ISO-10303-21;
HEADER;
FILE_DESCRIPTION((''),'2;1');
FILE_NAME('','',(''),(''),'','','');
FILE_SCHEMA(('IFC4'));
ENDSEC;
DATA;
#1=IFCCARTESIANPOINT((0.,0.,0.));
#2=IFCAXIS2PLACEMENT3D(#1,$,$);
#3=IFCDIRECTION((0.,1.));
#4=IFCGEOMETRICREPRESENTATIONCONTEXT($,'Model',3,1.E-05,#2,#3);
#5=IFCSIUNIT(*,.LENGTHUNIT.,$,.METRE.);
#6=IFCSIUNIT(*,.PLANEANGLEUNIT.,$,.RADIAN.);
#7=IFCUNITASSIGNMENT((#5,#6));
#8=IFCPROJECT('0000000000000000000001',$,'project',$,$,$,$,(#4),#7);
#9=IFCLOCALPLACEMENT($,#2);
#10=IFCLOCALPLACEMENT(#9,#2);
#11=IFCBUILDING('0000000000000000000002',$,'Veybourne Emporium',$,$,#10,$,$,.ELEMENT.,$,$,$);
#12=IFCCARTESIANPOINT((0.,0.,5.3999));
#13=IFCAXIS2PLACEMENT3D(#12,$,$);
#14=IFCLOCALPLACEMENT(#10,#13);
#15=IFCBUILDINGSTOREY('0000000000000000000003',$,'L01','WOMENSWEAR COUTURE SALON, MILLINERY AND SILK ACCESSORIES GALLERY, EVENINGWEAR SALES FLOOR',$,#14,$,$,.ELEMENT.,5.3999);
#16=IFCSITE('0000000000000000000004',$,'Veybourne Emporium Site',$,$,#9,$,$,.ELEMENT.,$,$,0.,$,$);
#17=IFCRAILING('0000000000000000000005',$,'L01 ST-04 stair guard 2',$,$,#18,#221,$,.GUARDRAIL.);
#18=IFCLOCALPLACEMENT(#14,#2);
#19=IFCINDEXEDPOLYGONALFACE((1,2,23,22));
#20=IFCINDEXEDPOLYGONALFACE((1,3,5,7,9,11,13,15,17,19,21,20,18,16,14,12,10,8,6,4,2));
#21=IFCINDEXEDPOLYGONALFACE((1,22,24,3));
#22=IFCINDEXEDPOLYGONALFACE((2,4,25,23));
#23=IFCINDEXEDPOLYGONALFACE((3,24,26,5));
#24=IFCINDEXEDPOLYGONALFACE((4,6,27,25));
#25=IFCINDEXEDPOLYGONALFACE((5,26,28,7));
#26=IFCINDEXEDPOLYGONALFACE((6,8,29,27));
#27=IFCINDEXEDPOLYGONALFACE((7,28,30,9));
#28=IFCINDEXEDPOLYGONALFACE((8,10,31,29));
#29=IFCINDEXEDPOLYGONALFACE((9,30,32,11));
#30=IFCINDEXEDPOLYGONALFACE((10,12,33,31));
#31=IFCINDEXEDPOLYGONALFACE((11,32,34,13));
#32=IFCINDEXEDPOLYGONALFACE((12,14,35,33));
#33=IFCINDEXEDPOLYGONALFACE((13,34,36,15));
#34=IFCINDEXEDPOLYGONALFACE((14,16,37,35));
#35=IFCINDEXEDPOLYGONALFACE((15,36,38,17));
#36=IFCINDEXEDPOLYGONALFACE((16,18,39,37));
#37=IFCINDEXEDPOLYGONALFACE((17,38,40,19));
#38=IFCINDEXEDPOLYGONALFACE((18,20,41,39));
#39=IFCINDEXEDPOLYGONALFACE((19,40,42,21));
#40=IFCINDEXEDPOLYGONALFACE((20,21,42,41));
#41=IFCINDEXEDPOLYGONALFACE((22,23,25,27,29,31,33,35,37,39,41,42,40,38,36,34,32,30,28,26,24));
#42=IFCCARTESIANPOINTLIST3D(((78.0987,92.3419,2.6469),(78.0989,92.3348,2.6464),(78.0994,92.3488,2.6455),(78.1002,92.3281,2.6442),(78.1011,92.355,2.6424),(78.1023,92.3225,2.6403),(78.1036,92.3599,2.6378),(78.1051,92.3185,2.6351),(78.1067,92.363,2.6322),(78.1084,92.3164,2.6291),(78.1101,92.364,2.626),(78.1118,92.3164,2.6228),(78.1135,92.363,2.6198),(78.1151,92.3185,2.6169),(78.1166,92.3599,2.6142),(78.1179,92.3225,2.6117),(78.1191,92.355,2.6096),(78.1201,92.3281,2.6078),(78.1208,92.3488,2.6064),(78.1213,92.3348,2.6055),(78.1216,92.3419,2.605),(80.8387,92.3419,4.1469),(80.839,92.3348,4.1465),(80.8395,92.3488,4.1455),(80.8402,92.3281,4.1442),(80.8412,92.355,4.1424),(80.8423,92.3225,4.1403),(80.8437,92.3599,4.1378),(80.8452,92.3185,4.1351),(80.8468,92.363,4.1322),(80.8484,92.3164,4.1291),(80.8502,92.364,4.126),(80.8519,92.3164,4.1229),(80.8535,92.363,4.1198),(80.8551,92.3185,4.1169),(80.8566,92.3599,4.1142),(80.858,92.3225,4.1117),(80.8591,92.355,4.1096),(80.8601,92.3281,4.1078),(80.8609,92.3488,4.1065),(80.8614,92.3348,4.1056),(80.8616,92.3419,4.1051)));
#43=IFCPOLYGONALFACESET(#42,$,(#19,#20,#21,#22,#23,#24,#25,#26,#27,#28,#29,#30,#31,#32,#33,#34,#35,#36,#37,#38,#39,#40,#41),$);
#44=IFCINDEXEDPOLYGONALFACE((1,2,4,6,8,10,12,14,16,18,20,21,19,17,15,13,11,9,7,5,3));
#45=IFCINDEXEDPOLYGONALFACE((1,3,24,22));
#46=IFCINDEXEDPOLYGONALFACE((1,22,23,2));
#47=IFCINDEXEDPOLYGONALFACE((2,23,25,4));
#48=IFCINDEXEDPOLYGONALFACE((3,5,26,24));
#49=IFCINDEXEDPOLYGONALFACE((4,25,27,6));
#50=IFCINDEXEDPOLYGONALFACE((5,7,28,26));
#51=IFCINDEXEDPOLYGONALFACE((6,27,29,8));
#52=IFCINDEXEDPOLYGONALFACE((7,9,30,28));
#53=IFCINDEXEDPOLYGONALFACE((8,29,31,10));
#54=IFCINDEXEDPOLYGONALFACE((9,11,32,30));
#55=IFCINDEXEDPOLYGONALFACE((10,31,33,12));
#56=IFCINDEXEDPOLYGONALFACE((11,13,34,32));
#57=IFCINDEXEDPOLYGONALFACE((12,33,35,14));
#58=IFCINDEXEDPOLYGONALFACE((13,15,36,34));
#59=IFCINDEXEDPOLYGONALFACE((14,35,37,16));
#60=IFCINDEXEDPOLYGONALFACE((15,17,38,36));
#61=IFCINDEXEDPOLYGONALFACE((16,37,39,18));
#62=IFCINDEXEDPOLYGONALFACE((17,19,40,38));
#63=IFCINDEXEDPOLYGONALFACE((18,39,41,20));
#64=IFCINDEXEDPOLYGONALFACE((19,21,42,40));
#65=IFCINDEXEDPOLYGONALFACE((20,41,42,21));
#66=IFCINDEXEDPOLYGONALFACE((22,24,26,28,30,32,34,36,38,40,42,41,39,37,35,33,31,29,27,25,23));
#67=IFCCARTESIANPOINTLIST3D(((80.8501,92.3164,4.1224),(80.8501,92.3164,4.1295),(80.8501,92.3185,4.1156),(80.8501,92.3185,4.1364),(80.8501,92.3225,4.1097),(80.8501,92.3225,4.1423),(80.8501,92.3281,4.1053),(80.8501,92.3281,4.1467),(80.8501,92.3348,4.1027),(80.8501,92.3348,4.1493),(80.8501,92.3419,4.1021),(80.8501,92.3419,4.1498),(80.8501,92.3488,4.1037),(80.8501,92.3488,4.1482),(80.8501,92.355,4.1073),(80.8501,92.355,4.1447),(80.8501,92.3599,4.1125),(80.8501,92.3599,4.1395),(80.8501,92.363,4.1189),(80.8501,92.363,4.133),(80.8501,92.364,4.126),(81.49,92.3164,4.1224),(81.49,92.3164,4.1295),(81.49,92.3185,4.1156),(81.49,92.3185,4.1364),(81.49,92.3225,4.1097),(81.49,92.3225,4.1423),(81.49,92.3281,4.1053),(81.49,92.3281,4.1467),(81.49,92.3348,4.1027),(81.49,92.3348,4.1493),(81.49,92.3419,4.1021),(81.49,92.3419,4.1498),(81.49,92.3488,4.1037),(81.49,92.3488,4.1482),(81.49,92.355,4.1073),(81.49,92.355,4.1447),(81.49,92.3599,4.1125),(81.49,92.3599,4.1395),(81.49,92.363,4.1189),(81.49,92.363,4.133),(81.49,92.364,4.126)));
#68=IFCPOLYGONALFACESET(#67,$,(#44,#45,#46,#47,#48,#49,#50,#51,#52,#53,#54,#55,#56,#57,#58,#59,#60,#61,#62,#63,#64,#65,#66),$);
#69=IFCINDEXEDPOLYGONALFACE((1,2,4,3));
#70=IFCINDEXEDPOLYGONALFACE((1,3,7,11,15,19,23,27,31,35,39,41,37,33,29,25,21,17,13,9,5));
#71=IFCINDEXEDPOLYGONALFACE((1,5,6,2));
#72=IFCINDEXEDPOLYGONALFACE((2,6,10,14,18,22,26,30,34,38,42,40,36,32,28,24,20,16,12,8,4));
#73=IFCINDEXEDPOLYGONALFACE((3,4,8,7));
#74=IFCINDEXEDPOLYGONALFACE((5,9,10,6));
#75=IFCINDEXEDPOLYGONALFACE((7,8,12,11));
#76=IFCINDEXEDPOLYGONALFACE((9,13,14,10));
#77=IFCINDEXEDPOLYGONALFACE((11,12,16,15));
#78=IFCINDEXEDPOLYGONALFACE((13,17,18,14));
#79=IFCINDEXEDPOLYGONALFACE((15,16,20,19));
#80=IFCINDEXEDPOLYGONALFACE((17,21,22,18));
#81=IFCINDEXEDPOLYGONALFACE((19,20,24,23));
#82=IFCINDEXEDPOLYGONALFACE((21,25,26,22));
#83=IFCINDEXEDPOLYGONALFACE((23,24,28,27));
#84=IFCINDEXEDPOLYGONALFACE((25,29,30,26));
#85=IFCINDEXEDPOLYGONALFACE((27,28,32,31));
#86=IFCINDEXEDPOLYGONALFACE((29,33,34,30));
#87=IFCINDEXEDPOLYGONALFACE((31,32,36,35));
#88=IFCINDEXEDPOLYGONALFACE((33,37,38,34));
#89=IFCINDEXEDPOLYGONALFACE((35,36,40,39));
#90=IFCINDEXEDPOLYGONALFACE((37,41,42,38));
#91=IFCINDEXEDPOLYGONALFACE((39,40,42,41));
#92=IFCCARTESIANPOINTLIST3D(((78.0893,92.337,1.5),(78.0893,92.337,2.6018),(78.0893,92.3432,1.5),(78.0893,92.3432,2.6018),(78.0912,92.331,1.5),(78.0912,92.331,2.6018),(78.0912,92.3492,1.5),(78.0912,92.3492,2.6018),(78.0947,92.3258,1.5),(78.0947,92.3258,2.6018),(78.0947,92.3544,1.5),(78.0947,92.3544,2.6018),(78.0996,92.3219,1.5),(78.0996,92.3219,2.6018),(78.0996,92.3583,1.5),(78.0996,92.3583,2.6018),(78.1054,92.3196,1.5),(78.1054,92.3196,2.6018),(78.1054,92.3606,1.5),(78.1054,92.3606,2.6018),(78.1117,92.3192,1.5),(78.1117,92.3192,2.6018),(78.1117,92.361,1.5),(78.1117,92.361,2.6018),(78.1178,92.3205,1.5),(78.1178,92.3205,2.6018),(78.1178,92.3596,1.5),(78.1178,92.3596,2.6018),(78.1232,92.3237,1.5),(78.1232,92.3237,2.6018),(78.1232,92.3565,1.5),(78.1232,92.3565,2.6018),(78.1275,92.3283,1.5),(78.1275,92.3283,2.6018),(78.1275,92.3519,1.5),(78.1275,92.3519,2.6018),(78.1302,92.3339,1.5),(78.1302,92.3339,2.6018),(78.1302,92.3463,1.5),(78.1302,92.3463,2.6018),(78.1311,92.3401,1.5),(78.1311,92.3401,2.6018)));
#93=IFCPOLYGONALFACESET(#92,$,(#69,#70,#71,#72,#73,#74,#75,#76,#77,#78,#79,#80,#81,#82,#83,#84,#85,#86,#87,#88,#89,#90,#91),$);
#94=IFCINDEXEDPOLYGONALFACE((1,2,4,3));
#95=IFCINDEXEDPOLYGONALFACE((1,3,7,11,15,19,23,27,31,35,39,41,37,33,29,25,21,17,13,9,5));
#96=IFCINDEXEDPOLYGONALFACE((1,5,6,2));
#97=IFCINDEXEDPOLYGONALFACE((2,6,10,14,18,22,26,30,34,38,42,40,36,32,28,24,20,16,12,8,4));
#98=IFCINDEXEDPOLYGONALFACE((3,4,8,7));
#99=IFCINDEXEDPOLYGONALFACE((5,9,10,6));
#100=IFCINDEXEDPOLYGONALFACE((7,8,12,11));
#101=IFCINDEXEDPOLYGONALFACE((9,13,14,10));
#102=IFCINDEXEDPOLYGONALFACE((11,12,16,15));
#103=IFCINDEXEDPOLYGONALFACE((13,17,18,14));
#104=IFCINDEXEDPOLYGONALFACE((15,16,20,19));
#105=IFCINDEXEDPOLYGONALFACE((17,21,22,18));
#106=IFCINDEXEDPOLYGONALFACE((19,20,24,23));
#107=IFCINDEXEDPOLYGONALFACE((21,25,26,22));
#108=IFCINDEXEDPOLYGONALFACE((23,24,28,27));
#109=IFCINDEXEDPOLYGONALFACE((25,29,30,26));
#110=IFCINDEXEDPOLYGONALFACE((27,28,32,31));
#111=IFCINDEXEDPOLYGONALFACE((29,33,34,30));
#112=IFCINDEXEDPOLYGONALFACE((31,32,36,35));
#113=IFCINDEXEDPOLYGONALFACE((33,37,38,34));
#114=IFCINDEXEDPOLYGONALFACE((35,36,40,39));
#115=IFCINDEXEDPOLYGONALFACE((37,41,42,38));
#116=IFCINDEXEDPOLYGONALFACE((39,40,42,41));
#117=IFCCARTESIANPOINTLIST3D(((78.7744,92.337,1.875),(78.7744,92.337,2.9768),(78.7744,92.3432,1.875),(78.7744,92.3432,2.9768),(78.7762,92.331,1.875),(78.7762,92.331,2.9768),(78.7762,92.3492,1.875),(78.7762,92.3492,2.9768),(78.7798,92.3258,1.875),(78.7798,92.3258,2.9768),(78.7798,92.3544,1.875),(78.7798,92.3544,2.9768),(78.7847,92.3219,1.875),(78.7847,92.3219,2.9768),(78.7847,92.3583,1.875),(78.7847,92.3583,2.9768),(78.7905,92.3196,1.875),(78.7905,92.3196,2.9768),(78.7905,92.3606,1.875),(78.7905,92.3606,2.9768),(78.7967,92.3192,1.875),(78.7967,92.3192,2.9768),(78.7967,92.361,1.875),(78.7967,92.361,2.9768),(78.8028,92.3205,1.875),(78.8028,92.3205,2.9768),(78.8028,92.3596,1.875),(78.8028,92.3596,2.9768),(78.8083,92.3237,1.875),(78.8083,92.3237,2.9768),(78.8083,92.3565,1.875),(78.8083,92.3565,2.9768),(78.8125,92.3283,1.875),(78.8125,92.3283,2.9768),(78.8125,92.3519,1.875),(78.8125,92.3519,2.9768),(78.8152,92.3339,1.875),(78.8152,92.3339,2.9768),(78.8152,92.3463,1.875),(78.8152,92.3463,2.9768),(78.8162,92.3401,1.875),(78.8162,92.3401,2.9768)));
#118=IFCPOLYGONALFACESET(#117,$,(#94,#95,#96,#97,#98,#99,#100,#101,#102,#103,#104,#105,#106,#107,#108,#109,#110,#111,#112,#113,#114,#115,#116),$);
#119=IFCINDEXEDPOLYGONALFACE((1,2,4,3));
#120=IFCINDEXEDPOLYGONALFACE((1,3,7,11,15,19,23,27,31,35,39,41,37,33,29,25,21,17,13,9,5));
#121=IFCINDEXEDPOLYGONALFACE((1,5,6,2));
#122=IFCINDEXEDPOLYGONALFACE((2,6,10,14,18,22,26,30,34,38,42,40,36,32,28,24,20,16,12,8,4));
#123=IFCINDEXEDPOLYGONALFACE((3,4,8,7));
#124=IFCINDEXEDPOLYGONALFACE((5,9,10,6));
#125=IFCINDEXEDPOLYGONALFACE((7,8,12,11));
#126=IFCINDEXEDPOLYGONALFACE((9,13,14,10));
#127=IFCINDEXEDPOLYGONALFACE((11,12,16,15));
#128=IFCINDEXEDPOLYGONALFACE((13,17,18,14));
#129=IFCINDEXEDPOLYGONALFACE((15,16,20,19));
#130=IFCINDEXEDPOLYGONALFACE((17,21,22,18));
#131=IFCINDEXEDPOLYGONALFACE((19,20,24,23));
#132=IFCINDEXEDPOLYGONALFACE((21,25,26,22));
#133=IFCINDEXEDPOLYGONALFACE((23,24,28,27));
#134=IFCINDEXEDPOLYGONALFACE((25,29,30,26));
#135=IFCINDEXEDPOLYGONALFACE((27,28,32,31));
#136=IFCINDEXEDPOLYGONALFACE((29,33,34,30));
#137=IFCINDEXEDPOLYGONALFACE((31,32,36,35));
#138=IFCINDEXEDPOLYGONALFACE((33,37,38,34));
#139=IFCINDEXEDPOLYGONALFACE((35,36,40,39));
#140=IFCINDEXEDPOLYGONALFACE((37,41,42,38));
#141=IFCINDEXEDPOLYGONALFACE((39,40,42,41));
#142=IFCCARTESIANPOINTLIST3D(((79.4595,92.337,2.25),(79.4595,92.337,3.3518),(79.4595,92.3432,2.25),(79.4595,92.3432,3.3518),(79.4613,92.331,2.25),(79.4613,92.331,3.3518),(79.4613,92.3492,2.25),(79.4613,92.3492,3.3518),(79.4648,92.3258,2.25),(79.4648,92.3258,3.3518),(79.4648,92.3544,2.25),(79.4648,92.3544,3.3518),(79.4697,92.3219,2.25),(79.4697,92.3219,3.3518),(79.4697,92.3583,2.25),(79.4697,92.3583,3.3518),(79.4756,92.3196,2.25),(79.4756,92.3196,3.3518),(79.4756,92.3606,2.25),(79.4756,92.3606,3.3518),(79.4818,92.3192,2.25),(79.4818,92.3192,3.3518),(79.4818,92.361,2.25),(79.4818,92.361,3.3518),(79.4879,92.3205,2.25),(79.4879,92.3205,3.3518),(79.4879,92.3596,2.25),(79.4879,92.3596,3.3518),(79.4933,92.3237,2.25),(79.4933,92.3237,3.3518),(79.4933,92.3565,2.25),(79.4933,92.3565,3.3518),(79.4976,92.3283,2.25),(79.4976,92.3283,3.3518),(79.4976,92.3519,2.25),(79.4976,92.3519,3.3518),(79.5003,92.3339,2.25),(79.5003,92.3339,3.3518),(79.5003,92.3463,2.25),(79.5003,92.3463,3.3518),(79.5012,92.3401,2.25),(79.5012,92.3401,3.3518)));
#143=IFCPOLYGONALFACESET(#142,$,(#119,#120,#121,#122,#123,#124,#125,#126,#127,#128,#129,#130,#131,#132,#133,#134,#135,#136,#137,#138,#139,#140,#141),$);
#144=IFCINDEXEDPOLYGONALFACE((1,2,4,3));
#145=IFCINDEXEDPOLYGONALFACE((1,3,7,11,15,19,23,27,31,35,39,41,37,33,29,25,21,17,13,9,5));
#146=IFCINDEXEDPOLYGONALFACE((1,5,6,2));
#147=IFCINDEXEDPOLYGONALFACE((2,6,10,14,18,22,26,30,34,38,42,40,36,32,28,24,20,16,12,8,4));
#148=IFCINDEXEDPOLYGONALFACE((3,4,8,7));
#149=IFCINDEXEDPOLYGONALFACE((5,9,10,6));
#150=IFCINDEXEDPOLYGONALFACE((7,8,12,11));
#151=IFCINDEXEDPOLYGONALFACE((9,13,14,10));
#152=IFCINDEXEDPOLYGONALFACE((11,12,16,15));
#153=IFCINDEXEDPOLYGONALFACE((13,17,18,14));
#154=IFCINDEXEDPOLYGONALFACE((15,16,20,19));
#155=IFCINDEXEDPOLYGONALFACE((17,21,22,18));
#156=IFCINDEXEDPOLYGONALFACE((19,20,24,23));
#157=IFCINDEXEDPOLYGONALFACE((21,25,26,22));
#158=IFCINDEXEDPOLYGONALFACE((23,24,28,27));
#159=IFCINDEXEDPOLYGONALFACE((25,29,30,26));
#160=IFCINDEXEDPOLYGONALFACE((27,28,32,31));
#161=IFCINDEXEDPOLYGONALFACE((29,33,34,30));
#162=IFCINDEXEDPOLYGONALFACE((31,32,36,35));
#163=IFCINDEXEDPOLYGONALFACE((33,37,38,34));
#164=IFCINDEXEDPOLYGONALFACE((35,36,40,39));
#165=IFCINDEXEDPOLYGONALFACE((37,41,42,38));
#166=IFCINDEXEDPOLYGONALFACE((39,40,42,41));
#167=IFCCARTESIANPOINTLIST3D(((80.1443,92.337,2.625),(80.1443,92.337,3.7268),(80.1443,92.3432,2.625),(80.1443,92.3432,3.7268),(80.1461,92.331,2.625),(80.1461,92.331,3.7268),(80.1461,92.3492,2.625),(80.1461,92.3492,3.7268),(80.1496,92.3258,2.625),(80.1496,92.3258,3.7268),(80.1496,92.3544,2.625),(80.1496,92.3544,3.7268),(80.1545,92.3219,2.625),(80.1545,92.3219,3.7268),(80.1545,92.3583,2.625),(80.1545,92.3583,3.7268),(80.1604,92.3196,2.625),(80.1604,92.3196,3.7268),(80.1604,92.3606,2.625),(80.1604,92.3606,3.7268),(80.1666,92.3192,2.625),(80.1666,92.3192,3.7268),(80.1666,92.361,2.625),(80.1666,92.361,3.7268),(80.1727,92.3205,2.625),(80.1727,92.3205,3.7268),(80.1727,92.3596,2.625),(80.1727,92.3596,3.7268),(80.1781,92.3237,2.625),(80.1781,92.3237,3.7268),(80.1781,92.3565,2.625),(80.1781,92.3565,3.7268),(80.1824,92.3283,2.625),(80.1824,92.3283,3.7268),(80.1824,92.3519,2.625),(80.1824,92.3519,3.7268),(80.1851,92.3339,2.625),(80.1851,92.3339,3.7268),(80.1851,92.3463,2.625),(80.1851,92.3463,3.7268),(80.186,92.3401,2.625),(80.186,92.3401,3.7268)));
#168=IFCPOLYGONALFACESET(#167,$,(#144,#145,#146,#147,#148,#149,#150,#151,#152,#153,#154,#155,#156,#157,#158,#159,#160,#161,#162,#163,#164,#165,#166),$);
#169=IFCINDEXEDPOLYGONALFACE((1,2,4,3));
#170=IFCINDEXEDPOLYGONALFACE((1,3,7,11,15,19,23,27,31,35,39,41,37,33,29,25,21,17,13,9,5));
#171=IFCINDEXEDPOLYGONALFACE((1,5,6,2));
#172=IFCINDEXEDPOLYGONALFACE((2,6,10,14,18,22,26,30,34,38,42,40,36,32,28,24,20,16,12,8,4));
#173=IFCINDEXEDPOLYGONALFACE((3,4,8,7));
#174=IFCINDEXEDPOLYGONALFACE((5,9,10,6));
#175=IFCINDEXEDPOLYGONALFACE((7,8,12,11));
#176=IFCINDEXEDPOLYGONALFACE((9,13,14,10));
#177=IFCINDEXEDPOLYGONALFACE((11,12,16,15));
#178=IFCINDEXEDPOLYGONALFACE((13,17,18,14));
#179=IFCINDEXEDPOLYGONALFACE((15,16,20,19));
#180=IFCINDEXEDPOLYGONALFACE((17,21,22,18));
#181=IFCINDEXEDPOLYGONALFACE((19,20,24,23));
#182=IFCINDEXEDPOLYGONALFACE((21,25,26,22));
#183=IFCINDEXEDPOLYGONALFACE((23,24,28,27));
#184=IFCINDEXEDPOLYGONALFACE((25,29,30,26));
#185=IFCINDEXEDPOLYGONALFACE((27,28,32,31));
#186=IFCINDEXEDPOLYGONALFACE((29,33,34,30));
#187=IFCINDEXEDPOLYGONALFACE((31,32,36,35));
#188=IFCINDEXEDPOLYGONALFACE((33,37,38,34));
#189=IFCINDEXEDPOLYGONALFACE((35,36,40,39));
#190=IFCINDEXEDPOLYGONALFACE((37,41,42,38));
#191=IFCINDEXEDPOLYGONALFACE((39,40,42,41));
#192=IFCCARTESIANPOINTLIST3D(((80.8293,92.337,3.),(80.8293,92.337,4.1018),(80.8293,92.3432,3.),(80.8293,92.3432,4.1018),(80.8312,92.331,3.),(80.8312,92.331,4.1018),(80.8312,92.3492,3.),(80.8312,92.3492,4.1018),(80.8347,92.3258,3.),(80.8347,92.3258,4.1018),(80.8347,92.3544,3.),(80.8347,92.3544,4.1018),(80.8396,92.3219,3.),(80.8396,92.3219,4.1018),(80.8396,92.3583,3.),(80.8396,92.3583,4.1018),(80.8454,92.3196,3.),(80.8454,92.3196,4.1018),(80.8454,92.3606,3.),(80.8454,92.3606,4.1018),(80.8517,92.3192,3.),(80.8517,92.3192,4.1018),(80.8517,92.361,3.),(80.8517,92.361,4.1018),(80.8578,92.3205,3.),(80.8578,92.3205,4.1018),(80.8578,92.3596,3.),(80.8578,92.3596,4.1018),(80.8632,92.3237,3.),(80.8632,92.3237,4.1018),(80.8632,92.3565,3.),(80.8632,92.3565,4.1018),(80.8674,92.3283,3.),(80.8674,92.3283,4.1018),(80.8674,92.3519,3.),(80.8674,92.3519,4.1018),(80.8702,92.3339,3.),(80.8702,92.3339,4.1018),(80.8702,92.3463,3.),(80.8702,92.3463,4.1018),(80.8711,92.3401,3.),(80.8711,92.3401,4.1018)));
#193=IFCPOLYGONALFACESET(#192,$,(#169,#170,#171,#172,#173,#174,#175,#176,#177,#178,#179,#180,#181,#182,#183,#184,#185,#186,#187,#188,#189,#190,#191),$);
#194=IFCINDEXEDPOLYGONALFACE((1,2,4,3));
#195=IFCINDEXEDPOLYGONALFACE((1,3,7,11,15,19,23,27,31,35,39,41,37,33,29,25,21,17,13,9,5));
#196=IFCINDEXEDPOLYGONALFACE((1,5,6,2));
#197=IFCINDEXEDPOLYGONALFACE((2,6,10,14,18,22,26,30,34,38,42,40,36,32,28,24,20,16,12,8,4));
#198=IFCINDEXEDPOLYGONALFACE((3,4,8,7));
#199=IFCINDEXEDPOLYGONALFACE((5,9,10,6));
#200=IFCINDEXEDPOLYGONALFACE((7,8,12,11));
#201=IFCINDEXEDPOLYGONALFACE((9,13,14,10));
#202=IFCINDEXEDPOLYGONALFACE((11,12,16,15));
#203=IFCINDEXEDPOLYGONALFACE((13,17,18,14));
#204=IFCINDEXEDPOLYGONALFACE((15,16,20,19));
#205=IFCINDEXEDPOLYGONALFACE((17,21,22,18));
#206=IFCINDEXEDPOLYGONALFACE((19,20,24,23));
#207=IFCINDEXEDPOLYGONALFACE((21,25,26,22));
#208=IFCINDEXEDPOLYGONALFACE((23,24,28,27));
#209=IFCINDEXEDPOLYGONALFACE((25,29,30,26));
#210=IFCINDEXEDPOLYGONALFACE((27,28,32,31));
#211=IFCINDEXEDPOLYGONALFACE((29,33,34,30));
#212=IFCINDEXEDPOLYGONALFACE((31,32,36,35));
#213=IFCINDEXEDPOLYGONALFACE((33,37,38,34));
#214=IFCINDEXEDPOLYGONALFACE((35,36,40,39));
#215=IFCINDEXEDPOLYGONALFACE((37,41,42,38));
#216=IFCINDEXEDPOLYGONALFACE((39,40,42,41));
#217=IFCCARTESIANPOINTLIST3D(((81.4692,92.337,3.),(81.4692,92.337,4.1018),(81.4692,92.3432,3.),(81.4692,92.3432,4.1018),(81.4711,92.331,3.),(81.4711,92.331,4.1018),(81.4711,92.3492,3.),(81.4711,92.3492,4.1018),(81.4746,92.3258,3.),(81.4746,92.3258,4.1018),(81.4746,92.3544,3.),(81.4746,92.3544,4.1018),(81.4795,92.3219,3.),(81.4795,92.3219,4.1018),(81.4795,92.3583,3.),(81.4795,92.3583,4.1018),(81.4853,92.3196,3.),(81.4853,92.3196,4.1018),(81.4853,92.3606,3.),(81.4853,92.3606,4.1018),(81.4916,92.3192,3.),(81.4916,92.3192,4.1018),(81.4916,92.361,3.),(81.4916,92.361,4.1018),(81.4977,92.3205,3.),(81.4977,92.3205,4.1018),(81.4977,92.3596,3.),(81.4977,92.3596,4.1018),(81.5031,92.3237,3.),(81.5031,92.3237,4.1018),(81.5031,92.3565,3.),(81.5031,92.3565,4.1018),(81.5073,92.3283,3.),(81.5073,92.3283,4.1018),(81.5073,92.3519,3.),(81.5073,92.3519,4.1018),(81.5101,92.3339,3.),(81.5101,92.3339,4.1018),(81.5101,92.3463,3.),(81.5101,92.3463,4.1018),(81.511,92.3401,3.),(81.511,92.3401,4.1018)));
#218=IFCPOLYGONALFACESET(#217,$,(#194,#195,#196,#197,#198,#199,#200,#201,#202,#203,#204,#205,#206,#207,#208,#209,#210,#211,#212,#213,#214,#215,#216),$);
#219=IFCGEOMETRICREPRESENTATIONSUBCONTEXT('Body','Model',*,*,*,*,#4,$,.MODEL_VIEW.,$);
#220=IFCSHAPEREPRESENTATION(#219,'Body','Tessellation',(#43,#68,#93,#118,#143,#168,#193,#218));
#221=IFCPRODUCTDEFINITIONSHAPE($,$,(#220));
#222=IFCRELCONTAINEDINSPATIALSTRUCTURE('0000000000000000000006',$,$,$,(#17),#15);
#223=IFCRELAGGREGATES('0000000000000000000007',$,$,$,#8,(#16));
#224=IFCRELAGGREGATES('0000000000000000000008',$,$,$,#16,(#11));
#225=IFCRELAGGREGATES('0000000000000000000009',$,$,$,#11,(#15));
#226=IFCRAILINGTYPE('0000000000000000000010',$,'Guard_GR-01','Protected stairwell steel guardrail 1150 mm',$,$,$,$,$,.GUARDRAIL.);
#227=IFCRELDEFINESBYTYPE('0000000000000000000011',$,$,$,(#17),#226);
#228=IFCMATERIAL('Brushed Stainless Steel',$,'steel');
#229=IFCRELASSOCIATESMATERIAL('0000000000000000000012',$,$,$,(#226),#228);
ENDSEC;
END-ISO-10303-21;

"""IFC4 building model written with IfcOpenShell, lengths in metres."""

from ifc_helpers import new_model, si_unit, direction, frame, origin, origin_2d, place, context, subcontext, project, spatial, circle, extrude, material, type_object, element, save


model = new_model("IFC4")

# Units and contexts
model_context = context("Model", 3, precision=1e-05, world=origin(), true_north=direction((0.0, 1.0)))
body_context = subcontext(model_context, "Body", "Model", "MODEL_VIEW")
ifc_project = project(units=[si_unit("LENGTHUNIT", "METRE"), si_unit("PLANEANGLEUNIT", "RADIAN")], contexts=[model_context])

# Site, building, storey
site_placement = place(None, origin())
site = spatial("IfcSite", under=ifc_project, at=site_placement, Name="Veybourne Emporium Site", CompositionType="ELEMENT", RefElevation=0.0)
building_placement = place(site_placement, origin())
building = spatial("IfcBuilding", under=site, at=building_placement, Name="Veybourne Emporium", CompositionType="ELEMENT")
storey_placement = place(building_placement, frame((0.0, 0.0, 5.3999)))
storey = spatial("IfcBuildingStorey", under=building, at=storey_placement, Name="L01", Description="WOMENSWEAR COUTURE SALON, MILLINERY AND SILK ACCESSORIES GALLERY, EVENINGWEAR SALES FLOOR", CompositionType="ELEMENT", Elevation=5.3999)

# Railing
ifc_material_1 = material(Name="Brushed Stainless Steel", Category="steel")
railing_type_1 = type_object("IfcRailingType", Name="Guard_GR-01", Description="Protected stairwell steel guardrail 1150 mm", PredefinedType="GUARDRAIL", material=ifc_material_1)
railing_1_placement = place(storey_placement, frame((78.1101, 92.3401, 1.5)))
element("IfcRailing", 1, at=railing_1_placement, inside=storey, type_object=railing_type_1, Name="L01 ST-04 stair guard 2", PredefinedType="GUARDRAIL", context=body_context, shape_type="SweptSolid", body=[
    extrude(circle(Radius=0.0239, at=origin_2d()), frame((0.0, 0.0, 1.126), z_axis=(0.87716, 0.0, 0.480199), x_axis=(0.0, 1.0, 0.0)), (0.0, 0.0, 1.0), 3.1238),
    extrude(circle(Radius=0.0239, at=origin_2d()), frame((2.74, 0.0, 2.626), z_axis=(1.0, 0.0, 0.0), x_axis=(0.0, 1.0, 0.0)), (0.0, 0.0, 1.0), 0.6399),
    extrude(circle(Radius=0.021, at=origin_2d()), origin(), (0.0, 0.0, 1.0), 1.1018),
    extrude(circle(Radius=0.021, at=origin_2d()), frame((0.6851, 0.0, 0.375)), (0.0, 0.0, 1.0), 1.1018),
    extrude(circle(Radius=0.021, at=origin_2d()), frame((1.3701, 0.0, 0.75)), (0.0, 0.0, 1.0), 1.1018),
    extrude(circle(Radius=0.021, at=origin_2d()), frame((2.0549, 0.0, 1.125)), (0.0, 0.0, 1.0), 1.1018),
    extrude(circle(Radius=0.021, at=origin_2d()), frame((2.74, 0.0, 1.5)), (0.0, 0.0, 1.0), 1.1018),
    extrude(circle(Radius=0.021, at=origin_2d()), frame((3.3799, 0.0, 1.5)), (0.0, 0.0, 1.0), 1.1018),
])

save(model, "model.ifc")
